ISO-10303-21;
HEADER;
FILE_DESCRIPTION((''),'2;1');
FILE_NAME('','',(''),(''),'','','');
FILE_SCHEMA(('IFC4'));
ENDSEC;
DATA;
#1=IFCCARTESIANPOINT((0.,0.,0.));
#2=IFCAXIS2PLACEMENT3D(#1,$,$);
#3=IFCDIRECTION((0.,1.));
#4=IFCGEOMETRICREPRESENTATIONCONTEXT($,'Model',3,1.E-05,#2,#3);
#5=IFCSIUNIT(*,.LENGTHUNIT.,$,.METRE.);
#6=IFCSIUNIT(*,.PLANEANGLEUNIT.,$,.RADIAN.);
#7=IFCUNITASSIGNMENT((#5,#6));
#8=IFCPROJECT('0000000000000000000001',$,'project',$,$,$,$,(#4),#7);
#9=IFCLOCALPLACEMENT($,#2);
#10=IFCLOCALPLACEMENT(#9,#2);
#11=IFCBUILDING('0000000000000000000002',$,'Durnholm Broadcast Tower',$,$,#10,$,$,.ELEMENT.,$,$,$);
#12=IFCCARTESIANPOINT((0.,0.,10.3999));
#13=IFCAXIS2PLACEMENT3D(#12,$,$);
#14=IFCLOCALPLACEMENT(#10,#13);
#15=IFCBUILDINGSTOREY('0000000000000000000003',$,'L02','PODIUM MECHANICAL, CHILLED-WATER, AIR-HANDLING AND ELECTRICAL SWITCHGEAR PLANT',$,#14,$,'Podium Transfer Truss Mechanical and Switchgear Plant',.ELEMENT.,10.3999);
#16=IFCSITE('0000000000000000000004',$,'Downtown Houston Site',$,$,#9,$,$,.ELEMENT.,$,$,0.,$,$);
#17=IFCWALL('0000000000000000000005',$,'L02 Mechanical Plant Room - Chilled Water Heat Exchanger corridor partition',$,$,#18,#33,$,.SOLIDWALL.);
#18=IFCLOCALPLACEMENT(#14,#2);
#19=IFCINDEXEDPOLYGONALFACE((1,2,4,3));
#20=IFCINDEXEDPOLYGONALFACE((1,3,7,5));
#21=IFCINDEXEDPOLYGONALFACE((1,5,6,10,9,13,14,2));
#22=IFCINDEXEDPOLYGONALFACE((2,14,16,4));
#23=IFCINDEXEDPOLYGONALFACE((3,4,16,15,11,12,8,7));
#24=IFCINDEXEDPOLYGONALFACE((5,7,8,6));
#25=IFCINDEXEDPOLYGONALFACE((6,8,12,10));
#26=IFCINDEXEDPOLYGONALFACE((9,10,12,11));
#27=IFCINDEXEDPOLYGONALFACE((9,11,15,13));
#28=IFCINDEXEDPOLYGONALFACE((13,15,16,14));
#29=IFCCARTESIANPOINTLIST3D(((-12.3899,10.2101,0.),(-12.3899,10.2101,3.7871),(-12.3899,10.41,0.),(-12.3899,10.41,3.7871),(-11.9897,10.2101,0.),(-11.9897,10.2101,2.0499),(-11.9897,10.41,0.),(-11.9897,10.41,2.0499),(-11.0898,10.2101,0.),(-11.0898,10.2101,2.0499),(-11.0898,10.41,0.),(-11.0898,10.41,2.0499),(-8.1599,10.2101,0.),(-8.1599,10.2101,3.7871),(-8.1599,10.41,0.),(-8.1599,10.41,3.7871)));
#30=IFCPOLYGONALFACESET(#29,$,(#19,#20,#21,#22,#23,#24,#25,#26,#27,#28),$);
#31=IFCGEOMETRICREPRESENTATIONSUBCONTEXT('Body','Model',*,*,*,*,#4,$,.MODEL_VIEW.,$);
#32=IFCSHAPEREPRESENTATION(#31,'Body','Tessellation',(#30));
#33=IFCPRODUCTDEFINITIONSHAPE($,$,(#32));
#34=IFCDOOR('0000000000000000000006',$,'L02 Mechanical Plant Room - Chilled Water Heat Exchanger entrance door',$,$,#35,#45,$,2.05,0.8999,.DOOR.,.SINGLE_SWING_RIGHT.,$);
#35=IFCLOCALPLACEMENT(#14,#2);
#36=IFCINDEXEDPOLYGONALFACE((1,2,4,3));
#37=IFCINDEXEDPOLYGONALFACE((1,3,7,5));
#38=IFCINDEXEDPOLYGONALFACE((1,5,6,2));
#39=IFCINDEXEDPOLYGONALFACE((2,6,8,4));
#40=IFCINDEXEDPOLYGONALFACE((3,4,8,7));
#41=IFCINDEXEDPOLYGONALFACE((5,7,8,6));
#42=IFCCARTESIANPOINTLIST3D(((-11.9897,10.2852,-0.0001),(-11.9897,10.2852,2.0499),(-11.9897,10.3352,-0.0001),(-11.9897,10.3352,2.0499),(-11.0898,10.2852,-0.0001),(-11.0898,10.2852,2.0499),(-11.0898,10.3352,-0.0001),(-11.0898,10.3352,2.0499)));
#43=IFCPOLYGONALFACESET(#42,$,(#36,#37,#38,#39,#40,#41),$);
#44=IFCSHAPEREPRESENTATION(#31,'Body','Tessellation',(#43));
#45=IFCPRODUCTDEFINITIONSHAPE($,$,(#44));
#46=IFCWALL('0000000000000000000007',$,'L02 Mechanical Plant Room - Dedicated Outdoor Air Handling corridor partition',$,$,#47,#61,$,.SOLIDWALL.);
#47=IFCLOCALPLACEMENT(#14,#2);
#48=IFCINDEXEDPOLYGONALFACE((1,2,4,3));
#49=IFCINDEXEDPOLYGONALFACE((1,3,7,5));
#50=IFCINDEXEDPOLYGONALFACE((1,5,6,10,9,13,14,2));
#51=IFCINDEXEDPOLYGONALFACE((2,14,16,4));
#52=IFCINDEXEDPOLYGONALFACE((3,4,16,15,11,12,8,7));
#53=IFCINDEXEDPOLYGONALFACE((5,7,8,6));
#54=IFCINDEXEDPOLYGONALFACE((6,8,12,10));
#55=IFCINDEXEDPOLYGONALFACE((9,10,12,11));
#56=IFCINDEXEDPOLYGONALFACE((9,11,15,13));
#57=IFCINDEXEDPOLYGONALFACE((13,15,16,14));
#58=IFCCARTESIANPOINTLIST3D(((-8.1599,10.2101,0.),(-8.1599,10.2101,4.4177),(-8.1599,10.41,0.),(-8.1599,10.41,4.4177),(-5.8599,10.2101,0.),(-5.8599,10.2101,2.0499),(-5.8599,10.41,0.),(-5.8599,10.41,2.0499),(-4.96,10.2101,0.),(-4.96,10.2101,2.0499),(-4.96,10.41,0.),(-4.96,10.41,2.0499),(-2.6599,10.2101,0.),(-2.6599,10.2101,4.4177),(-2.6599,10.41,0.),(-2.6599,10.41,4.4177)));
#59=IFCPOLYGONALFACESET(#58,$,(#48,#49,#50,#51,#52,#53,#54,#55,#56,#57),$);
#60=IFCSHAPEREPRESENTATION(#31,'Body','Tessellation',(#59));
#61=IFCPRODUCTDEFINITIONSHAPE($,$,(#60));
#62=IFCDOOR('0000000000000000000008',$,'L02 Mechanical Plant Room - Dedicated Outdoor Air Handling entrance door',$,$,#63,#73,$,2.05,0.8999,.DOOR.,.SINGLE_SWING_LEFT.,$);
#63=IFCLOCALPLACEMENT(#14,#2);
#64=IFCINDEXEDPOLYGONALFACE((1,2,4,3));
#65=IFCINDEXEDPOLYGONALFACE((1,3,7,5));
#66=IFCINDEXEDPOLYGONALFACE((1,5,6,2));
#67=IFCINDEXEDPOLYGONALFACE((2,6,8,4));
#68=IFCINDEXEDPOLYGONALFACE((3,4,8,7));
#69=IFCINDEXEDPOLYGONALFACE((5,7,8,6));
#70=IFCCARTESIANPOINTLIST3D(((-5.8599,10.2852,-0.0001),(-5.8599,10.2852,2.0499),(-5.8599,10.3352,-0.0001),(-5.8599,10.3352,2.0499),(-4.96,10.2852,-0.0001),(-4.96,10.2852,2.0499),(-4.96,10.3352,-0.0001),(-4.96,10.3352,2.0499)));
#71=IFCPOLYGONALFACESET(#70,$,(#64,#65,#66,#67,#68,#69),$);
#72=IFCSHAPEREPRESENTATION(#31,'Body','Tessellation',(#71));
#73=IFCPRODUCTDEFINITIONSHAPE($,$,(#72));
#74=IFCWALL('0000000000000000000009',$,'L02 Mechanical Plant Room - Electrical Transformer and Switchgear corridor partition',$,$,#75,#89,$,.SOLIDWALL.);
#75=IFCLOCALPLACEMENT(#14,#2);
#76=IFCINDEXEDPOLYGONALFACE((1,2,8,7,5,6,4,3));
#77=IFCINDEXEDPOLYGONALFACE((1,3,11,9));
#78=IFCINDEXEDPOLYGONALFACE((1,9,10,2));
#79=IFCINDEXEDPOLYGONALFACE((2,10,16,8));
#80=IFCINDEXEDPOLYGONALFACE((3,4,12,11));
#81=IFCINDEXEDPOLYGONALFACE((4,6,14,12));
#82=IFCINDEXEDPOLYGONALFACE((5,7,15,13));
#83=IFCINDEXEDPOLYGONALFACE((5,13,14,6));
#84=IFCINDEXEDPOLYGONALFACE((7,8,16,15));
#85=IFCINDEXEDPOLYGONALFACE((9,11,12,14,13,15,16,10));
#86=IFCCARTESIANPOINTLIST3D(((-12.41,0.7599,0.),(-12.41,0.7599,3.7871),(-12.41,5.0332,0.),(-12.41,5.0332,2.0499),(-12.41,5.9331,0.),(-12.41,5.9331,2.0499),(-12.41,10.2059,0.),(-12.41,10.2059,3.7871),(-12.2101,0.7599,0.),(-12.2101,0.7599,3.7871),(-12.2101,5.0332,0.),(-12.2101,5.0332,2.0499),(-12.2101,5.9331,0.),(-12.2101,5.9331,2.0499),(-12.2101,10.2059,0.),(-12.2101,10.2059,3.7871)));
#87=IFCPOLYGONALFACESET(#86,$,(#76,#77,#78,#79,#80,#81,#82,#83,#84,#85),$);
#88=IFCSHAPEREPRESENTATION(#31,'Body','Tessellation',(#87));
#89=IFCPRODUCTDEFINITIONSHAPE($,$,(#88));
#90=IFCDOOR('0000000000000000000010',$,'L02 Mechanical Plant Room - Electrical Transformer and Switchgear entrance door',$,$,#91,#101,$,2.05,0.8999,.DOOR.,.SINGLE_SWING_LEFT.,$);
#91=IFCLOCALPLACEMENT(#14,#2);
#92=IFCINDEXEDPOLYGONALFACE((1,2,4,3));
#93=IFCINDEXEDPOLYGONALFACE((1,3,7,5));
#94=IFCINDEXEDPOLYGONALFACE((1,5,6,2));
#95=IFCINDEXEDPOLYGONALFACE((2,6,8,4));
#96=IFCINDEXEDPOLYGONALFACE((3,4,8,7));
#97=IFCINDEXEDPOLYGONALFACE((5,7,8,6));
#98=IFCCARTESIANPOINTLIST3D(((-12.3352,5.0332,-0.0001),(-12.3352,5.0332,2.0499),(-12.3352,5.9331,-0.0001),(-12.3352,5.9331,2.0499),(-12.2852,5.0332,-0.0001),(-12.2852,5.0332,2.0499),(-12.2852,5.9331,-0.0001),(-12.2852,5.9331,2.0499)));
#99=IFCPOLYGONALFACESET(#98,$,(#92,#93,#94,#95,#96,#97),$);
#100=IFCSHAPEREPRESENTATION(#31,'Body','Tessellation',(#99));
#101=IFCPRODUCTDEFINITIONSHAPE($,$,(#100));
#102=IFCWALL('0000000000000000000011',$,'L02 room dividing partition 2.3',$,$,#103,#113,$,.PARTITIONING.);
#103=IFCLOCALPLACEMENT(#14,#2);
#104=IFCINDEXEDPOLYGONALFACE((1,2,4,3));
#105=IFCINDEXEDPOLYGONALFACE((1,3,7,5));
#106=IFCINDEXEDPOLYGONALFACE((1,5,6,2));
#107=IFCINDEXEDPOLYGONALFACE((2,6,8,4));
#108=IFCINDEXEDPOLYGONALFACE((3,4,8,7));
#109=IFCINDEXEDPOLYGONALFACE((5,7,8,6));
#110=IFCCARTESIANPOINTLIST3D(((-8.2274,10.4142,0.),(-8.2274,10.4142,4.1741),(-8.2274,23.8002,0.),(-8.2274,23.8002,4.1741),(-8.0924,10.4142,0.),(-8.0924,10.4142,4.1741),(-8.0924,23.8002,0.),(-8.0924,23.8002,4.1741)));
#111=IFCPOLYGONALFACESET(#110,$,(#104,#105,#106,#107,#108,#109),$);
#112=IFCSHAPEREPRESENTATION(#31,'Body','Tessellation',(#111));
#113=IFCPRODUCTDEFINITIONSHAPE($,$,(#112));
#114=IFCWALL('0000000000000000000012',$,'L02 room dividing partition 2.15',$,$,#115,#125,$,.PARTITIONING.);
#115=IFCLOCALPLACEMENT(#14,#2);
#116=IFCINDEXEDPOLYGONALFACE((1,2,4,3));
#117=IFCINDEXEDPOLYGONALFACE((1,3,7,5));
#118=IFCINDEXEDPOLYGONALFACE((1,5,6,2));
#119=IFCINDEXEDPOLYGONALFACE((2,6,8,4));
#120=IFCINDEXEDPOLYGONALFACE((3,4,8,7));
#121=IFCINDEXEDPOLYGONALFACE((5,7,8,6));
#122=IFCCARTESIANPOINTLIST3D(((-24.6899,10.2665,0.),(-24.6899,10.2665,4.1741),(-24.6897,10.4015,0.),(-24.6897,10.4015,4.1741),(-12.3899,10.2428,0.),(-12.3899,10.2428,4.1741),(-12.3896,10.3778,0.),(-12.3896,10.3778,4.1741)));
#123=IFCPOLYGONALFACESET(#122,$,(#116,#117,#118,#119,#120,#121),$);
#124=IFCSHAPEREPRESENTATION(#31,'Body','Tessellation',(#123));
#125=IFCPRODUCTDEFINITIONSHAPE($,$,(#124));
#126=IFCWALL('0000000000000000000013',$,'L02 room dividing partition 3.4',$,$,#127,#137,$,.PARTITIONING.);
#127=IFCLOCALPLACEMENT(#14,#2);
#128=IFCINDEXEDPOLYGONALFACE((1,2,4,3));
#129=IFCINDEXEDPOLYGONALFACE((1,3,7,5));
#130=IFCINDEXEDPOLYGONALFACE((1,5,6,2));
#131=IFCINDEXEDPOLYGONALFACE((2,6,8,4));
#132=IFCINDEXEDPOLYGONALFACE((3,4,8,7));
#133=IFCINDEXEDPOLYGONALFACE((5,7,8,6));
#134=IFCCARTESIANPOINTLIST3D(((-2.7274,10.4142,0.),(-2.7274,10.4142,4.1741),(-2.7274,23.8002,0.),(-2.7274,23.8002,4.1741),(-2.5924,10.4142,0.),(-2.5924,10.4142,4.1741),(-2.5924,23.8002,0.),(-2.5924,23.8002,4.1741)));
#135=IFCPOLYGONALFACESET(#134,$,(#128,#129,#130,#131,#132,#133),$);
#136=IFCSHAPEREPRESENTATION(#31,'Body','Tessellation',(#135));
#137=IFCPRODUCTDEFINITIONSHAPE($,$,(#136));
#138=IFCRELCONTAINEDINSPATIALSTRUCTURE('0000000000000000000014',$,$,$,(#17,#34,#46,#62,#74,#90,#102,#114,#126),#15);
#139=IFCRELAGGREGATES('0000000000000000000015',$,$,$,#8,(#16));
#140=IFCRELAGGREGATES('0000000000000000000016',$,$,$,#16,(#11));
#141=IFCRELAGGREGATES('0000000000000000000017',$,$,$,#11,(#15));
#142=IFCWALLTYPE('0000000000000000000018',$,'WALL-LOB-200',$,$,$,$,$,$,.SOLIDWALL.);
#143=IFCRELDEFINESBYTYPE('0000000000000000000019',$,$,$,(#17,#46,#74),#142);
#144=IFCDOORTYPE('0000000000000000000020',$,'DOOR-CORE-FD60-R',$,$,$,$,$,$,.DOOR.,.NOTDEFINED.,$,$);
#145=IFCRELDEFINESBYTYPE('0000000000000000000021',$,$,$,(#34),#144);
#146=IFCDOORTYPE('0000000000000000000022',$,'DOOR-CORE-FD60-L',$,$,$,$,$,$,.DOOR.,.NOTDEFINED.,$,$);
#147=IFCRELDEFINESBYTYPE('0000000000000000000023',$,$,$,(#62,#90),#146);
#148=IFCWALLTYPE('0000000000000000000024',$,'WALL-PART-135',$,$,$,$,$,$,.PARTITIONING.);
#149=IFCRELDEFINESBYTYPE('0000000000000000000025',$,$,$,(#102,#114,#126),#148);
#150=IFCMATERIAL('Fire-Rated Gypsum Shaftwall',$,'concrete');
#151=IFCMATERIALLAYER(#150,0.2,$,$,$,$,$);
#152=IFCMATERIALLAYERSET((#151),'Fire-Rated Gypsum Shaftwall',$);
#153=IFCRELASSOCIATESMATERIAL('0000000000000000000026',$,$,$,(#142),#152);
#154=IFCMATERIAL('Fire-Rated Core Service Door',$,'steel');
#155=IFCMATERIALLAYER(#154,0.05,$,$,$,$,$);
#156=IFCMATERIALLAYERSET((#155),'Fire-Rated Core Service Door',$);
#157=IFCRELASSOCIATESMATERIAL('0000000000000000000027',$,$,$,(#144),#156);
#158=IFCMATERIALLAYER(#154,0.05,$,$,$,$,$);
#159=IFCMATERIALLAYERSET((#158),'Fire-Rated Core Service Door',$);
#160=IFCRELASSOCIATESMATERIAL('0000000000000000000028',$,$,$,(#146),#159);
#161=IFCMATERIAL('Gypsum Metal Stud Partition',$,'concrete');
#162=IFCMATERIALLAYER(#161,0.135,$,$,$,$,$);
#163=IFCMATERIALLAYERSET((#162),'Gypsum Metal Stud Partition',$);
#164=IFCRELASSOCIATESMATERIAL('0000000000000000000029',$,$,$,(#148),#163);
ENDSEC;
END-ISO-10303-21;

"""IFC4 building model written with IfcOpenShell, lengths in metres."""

from ifc_helpers import new_model, si_unit, direction, frame, frame_2d, origin, place, context, subcontext, project, spatial, rectangle, extrude, source, transform, mapped, material, layer, layer_set, type_object, type_shapes, element, fill, save


model = new_model("IFC4")

# Units and contexts
model_context = context("Model", 3, precision=1e-05, world=origin(), true_north=direction((0.0, 1.0)))
body_context = subcontext(model_context, "Body", "Model", "MODEL_VIEW")
ifc_project = project(units=[si_unit("LENGTHUNIT", "METRE"), si_unit("PLANEANGLEUNIT", "RADIAN")], contexts=[model_context])

# Site, building, storey
site_placement = place(None, origin())
site = spatial("IfcSite", under=ifc_project, at=site_placement, Name="Downtown Houston Site", CompositionType="ELEMENT", RefElevation=0.0)
building_placement = place(site_placement, origin())
building = spatial("IfcBuilding", under=site, at=building_placement, Name="Durnholm Broadcast Tower", CompositionType="ELEMENT")
storey_placement = place(building_placement, frame((0.0, 0.0, 10.3999)))
storey = spatial("IfcBuildingStorey", under=building, at=storey_placement, Name="L02", Description="PODIUM MECHANICAL, CHILLED-WATER, AIR-HANDLING AND ELECTRICAL SWITCHGEAR PLANT", LongName="Podium Transfer Truss Mechanical and Switchgear Plant", CompositionType="ELEMENT", Elevation=10.3999)

# Walls, openings, doors
ifc_material_1 = material(Name="Fire-Rated Gypsum Shaftwall", Category="concrete")
ifc_layer_1 = layer(ifc_material_1, 0.2)
ifc_layer_set_1 = layer_set([ifc_layer_1], Name="Fire-Rated Gypsum Shaftwall")
wall_type_1 = type_object("IfcWallType", Name="WALL-LOB-200", PredefinedType="SOLIDWALL", material=ifc_layer_set_1)
wall_1_placement = place(storey_placement, frame((-8.1599, 10.3101, 0.0), z_axis=(0.0, 0.0, 1.0), x_axis=(-1.0, 0.0, 0.0)))
wall_1 = element("IfcWall", 1, at=wall_1_placement, inside=storey, type_object=wall_type_1, Name="L02 Mechanical Plant Room - Chilled Water Heat Exchanger corridor partition", PredefinedType="SOLIDWALL", context=body_context, shape_type="SweptSolid", body=[
    extrude(rectangle(XDim=4.23, YDim=0.2, at=frame_2d((2.115, 0.0))), origin(), (0.0, 0.0, 1.0), 3.7871),
])
opening_1_placement = place(wall_1_placement, frame((2.9299, 0.0, 0.0)))
opening_1 = element("IfcOpeningElement", 2, at=opening_1_placement, cuts=wall_1, PredefinedType="OPENING", context=body_context, shape_type="SweptSolid", body=[
    extrude(rectangle(XDim=0.8999, YDim=2.05, at=frame_2d((0.45, 1.0249))), frame((0.0, 0.1099, 0.0), z_axis=(0.0, -1.0, 0.0), x_axis=(1.0, 0.0, 0.0)), (0.0, 0.0, 1.0), 0.22),
])
ifc_material_2 = material(Name="Fire-Rated Core Service Door", Category="steel")
ifc_layer_2 = layer(ifc_material_2, 0.05)
ifc_layer_set_2 = layer_set([ifc_layer_2], Name="Fire-Rated Core Service Door")
door_type_1 = type_object("IfcDoorType", Name="DOOR-CORE-FD60-R", OperationType="NOTDEFINED", PredefinedType="DOOR", material=ifc_layer_set_2)
shared_shape_1 = source(origin(), body_context, "Body", "SweptSolid", [
    extrude(rectangle(XDim=0.8999, YDim=2.05, at=frame_2d((0.45, 1.0249))), frame((0.0, 0.0249, 0.0), z_axis=(0.0, -1.0, 0.0), x_axis=(1.0, 0.0, 0.0)), (0.0, 0.0, 1.0), 0.05),
])
type_shapes(door_type_1, [shared_shape_1])
door_1_placement = place(opening_1_placement, origin())
door_1 = element("IfcDoor", 3, at=door_1_placement, inside=storey, type_object=door_type_1, Name="L02 Mechanical Plant Room - Chilled Water Heat Exchanger entrance door", OperationType="SINGLE_SWING_RIGHT", OverallHeight=2.05, OverallWidth=0.8999, PredefinedType="DOOR", context=body_context, shape_type="MappedRepresentation", body=[
    mapped(shared_shape_1, transform((0.0, 0.0, 0.0), x_axis=(1.0, 0.0, 0.0), y_axis=(0.0, 1.0, 0.0), z_axis=(0.0, 0.0, 1.0), scale=1.0)),
])
fill(opening_1, door_1)
wall_2_placement = place(storey_placement, frame((-2.6599, 10.3101, 0.0), z_axis=(0.0, 0.0, 1.0), x_axis=(-1.0, 0.0, 0.0)))
wall_2 = element("IfcWall", 4, at=wall_2_placement, inside=storey, type_object=wall_type_1, Name="L02 Mechanical Plant Room - Dedicated Outdoor Air Handling corridor partition", PredefinedType="SOLIDWALL", context=body_context, shape_type="SweptSolid", body=[
    extrude(rectangle(XDim=5.5, YDim=0.2, at=frame_2d((2.75, 0.0))), origin(), (0.0, 0.0, 1.0), 4.4177),
])
opening_2_placement = place(wall_2_placement, frame((2.3, 0.0, 0.0)))
opening_2 = element("IfcOpeningElement", 5, at=opening_2_placement, cuts=wall_2, PredefinedType="OPENING", context=body_context, shape_type="SweptSolid", body=[
    extrude(rectangle(XDim=0.8999, YDim=2.05, at=frame_2d((0.45, 1.0249))), frame((0.0, 0.1099, 0.0), z_axis=(0.0, -1.0, 0.0), x_axis=(1.0, 0.0, 0.0)), (0.0, 0.0, 1.0), 0.22),
])
ifc_layer_3 = layer(ifc_material_2, 0.05)
ifc_layer_set_3 = layer_set([ifc_layer_3], Name="Fire-Rated Core Service Door")
door_type_2 = type_object("IfcDoorType", Name="DOOR-CORE-FD60-L", OperationType="NOTDEFINED", PredefinedType="DOOR", material=ifc_layer_set_3)
shared_shape_2 = source(origin(), body_context, "Body", "SweptSolid", [
    extrude(rectangle(XDim=0.8999, YDim=2.05, at=frame_2d((0.45, 1.0249))), frame((0.0, 0.0249, 0.0), z_axis=(0.0, -1.0, 0.0), x_axis=(1.0, 0.0, 0.0)), (0.0, 0.0, 1.0), 0.05),
])
type_shapes(door_type_2, [shared_shape_2])
door_2_placement = place(opening_2_placement, origin())
door_2 = element("IfcDoor", 6, at=door_2_placement, inside=storey, type_object=door_type_2, Name="L02 Mechanical Plant Room - Dedicated Outdoor Air Handling entrance door", OperationType="SINGLE_SWING_LEFT", OverallHeight=2.05, OverallWidth=0.8999, PredefinedType="DOOR", context=body_context, shape_type="MappedRepresentation", body=[
    mapped(shared_shape_2, transform((0.0, 0.0, 0.0), x_axis=(1.0, 0.0, 0.0), y_axis=(0.0, 1.0, 0.0), z_axis=(0.0, 0.0, 1.0), scale=1.0)),
])
fill(opening_2, door_2)
wall_3_placement = place(storey_placement, frame((-12.3101, 10.2061, 0.0), z_axis=(0.0, 0.0, 1.0), x_axis=(0.0, -1.0, 0.0)))
wall_3 = element("IfcWall", 7, at=wall_3_placement, inside=storey, type_object=wall_type_1, Name="L02 Mechanical Plant Room - Electrical Transformer and Switchgear corridor partition", PredefinedType="SOLIDWALL", context=body_context, shape_type="SweptSolid", body=[
    extrude(rectangle(XDim=9.446, YDim=0.2, at=frame_2d((4.7231, 0.0))), origin(), (0.0, 0.0, 1.0), 3.7871),
])
opening_3_placement = place(wall_3_placement, frame((4.2729, 0.0, 0.0)))
opening_3 = element("IfcOpeningElement", 8, at=opening_3_placement, cuts=wall_3, PredefinedType="OPENING", context=body_context, shape_type="SweptSolid", body=[
    extrude(rectangle(XDim=0.8999, YDim=2.05, at=frame_2d((0.45, 1.0249))), frame((0.0, 0.1099, 0.0), z_axis=(0.0, -1.0, 0.0), x_axis=(1.0, 0.0, 0.0)), (0.0, 0.0, 1.0), 0.22),
])
door_3_placement = place(opening_3_placement, origin())
door_3 = element("IfcDoor", 9, at=door_3_placement, inside=storey, type_object=door_type_2, Name="L02 Mechanical Plant Room - Electrical Transformer and Switchgear entrance door", OperationType="SINGLE_SWING_LEFT", OverallHeight=2.05, OverallWidth=0.8999, PredefinedType="DOOR", context=body_context, shape_type="MappedRepresentation", body=[
    mapped(shared_shape_2, transform((0.0, 0.0, 0.0), x_axis=(1.0, 0.0, 0.0), y_axis=(0.0, 1.0, 0.0), z_axis=(0.0, 0.0, 1.0), scale=1.0)),
])
fill(opening_3, door_3)

# Walls
ifc_material_3 = material(Name="Gypsum Metal Stud Partition", Category="concrete")
ifc_layer_4 = layer(ifc_material_3, 0.135)
ifc_layer_set_4 = layer_set([ifc_layer_4], Name="Gypsum Metal Stud Partition")
wall_type_2 = type_object("IfcWallType", Name="WALL-PART-135", PredefinedType="PARTITIONING", material=ifc_layer_set_4)
wall_4_placement = place(storey_placement, frame((-8.1599, 23.8, 0.0), z_axis=(0.0, 0.0, 1.0), x_axis=(0.0, -1.0, 0.0)))
element("IfcWall", 10, at=wall_4_placement, inside=storey, type_object=wall_type_2, Name="L02 room dividing partition 2.3", PredefinedType="PARTITIONING", context=body_context, shape_type="SweptSolid", body=[
    extrude(rectangle(XDim=13.386, YDim=0.135, at=frame_2d((6.6929, 0.0))), origin(), (0.0, 0.0, 1.0), 4.1741),
])
wall_5_placement = place(storey_placement, frame((-12.3899, 10.3103, 0.0), z_axis=(0.0, 0.0, 1.0), x_axis=(-0.999998, 0.001925, 0.0)))
element("IfcWall", 11, at=wall_5_placement, inside=storey, type_object=wall_type_2, Name="L02 room dividing partition 2.15", PredefinedType="PARTITIONING", context=body_context, shape_type="SweptSolid", body=[
    extrude(rectangle(XDim=12.3, YDim=0.135, at=frame_2d((6.1499, 0.0))), origin(), (0.0, 0.0, 1.0), 4.1741),
])
wall_6_placement = place(storey_placement, frame((-2.6599, 23.8, 0.0), z_axis=(0.0, 0.0, 1.0), x_axis=(0.0, -1.0, 0.0)))
element("IfcWall", 12, at=wall_6_placement, inside=storey, type_object=wall_type_2, Name="L02 room dividing partition 3.4", PredefinedType="PARTITIONING", context=body_context, shape_type="SweptSolid", body=[
    extrude(rectangle(XDim=13.386, YDim=0.135, at=frame_2d((6.6929, 0.0))), origin(), (0.0, 0.0, 1.0), 4.1741),
])

save(model, "model.ifc")
